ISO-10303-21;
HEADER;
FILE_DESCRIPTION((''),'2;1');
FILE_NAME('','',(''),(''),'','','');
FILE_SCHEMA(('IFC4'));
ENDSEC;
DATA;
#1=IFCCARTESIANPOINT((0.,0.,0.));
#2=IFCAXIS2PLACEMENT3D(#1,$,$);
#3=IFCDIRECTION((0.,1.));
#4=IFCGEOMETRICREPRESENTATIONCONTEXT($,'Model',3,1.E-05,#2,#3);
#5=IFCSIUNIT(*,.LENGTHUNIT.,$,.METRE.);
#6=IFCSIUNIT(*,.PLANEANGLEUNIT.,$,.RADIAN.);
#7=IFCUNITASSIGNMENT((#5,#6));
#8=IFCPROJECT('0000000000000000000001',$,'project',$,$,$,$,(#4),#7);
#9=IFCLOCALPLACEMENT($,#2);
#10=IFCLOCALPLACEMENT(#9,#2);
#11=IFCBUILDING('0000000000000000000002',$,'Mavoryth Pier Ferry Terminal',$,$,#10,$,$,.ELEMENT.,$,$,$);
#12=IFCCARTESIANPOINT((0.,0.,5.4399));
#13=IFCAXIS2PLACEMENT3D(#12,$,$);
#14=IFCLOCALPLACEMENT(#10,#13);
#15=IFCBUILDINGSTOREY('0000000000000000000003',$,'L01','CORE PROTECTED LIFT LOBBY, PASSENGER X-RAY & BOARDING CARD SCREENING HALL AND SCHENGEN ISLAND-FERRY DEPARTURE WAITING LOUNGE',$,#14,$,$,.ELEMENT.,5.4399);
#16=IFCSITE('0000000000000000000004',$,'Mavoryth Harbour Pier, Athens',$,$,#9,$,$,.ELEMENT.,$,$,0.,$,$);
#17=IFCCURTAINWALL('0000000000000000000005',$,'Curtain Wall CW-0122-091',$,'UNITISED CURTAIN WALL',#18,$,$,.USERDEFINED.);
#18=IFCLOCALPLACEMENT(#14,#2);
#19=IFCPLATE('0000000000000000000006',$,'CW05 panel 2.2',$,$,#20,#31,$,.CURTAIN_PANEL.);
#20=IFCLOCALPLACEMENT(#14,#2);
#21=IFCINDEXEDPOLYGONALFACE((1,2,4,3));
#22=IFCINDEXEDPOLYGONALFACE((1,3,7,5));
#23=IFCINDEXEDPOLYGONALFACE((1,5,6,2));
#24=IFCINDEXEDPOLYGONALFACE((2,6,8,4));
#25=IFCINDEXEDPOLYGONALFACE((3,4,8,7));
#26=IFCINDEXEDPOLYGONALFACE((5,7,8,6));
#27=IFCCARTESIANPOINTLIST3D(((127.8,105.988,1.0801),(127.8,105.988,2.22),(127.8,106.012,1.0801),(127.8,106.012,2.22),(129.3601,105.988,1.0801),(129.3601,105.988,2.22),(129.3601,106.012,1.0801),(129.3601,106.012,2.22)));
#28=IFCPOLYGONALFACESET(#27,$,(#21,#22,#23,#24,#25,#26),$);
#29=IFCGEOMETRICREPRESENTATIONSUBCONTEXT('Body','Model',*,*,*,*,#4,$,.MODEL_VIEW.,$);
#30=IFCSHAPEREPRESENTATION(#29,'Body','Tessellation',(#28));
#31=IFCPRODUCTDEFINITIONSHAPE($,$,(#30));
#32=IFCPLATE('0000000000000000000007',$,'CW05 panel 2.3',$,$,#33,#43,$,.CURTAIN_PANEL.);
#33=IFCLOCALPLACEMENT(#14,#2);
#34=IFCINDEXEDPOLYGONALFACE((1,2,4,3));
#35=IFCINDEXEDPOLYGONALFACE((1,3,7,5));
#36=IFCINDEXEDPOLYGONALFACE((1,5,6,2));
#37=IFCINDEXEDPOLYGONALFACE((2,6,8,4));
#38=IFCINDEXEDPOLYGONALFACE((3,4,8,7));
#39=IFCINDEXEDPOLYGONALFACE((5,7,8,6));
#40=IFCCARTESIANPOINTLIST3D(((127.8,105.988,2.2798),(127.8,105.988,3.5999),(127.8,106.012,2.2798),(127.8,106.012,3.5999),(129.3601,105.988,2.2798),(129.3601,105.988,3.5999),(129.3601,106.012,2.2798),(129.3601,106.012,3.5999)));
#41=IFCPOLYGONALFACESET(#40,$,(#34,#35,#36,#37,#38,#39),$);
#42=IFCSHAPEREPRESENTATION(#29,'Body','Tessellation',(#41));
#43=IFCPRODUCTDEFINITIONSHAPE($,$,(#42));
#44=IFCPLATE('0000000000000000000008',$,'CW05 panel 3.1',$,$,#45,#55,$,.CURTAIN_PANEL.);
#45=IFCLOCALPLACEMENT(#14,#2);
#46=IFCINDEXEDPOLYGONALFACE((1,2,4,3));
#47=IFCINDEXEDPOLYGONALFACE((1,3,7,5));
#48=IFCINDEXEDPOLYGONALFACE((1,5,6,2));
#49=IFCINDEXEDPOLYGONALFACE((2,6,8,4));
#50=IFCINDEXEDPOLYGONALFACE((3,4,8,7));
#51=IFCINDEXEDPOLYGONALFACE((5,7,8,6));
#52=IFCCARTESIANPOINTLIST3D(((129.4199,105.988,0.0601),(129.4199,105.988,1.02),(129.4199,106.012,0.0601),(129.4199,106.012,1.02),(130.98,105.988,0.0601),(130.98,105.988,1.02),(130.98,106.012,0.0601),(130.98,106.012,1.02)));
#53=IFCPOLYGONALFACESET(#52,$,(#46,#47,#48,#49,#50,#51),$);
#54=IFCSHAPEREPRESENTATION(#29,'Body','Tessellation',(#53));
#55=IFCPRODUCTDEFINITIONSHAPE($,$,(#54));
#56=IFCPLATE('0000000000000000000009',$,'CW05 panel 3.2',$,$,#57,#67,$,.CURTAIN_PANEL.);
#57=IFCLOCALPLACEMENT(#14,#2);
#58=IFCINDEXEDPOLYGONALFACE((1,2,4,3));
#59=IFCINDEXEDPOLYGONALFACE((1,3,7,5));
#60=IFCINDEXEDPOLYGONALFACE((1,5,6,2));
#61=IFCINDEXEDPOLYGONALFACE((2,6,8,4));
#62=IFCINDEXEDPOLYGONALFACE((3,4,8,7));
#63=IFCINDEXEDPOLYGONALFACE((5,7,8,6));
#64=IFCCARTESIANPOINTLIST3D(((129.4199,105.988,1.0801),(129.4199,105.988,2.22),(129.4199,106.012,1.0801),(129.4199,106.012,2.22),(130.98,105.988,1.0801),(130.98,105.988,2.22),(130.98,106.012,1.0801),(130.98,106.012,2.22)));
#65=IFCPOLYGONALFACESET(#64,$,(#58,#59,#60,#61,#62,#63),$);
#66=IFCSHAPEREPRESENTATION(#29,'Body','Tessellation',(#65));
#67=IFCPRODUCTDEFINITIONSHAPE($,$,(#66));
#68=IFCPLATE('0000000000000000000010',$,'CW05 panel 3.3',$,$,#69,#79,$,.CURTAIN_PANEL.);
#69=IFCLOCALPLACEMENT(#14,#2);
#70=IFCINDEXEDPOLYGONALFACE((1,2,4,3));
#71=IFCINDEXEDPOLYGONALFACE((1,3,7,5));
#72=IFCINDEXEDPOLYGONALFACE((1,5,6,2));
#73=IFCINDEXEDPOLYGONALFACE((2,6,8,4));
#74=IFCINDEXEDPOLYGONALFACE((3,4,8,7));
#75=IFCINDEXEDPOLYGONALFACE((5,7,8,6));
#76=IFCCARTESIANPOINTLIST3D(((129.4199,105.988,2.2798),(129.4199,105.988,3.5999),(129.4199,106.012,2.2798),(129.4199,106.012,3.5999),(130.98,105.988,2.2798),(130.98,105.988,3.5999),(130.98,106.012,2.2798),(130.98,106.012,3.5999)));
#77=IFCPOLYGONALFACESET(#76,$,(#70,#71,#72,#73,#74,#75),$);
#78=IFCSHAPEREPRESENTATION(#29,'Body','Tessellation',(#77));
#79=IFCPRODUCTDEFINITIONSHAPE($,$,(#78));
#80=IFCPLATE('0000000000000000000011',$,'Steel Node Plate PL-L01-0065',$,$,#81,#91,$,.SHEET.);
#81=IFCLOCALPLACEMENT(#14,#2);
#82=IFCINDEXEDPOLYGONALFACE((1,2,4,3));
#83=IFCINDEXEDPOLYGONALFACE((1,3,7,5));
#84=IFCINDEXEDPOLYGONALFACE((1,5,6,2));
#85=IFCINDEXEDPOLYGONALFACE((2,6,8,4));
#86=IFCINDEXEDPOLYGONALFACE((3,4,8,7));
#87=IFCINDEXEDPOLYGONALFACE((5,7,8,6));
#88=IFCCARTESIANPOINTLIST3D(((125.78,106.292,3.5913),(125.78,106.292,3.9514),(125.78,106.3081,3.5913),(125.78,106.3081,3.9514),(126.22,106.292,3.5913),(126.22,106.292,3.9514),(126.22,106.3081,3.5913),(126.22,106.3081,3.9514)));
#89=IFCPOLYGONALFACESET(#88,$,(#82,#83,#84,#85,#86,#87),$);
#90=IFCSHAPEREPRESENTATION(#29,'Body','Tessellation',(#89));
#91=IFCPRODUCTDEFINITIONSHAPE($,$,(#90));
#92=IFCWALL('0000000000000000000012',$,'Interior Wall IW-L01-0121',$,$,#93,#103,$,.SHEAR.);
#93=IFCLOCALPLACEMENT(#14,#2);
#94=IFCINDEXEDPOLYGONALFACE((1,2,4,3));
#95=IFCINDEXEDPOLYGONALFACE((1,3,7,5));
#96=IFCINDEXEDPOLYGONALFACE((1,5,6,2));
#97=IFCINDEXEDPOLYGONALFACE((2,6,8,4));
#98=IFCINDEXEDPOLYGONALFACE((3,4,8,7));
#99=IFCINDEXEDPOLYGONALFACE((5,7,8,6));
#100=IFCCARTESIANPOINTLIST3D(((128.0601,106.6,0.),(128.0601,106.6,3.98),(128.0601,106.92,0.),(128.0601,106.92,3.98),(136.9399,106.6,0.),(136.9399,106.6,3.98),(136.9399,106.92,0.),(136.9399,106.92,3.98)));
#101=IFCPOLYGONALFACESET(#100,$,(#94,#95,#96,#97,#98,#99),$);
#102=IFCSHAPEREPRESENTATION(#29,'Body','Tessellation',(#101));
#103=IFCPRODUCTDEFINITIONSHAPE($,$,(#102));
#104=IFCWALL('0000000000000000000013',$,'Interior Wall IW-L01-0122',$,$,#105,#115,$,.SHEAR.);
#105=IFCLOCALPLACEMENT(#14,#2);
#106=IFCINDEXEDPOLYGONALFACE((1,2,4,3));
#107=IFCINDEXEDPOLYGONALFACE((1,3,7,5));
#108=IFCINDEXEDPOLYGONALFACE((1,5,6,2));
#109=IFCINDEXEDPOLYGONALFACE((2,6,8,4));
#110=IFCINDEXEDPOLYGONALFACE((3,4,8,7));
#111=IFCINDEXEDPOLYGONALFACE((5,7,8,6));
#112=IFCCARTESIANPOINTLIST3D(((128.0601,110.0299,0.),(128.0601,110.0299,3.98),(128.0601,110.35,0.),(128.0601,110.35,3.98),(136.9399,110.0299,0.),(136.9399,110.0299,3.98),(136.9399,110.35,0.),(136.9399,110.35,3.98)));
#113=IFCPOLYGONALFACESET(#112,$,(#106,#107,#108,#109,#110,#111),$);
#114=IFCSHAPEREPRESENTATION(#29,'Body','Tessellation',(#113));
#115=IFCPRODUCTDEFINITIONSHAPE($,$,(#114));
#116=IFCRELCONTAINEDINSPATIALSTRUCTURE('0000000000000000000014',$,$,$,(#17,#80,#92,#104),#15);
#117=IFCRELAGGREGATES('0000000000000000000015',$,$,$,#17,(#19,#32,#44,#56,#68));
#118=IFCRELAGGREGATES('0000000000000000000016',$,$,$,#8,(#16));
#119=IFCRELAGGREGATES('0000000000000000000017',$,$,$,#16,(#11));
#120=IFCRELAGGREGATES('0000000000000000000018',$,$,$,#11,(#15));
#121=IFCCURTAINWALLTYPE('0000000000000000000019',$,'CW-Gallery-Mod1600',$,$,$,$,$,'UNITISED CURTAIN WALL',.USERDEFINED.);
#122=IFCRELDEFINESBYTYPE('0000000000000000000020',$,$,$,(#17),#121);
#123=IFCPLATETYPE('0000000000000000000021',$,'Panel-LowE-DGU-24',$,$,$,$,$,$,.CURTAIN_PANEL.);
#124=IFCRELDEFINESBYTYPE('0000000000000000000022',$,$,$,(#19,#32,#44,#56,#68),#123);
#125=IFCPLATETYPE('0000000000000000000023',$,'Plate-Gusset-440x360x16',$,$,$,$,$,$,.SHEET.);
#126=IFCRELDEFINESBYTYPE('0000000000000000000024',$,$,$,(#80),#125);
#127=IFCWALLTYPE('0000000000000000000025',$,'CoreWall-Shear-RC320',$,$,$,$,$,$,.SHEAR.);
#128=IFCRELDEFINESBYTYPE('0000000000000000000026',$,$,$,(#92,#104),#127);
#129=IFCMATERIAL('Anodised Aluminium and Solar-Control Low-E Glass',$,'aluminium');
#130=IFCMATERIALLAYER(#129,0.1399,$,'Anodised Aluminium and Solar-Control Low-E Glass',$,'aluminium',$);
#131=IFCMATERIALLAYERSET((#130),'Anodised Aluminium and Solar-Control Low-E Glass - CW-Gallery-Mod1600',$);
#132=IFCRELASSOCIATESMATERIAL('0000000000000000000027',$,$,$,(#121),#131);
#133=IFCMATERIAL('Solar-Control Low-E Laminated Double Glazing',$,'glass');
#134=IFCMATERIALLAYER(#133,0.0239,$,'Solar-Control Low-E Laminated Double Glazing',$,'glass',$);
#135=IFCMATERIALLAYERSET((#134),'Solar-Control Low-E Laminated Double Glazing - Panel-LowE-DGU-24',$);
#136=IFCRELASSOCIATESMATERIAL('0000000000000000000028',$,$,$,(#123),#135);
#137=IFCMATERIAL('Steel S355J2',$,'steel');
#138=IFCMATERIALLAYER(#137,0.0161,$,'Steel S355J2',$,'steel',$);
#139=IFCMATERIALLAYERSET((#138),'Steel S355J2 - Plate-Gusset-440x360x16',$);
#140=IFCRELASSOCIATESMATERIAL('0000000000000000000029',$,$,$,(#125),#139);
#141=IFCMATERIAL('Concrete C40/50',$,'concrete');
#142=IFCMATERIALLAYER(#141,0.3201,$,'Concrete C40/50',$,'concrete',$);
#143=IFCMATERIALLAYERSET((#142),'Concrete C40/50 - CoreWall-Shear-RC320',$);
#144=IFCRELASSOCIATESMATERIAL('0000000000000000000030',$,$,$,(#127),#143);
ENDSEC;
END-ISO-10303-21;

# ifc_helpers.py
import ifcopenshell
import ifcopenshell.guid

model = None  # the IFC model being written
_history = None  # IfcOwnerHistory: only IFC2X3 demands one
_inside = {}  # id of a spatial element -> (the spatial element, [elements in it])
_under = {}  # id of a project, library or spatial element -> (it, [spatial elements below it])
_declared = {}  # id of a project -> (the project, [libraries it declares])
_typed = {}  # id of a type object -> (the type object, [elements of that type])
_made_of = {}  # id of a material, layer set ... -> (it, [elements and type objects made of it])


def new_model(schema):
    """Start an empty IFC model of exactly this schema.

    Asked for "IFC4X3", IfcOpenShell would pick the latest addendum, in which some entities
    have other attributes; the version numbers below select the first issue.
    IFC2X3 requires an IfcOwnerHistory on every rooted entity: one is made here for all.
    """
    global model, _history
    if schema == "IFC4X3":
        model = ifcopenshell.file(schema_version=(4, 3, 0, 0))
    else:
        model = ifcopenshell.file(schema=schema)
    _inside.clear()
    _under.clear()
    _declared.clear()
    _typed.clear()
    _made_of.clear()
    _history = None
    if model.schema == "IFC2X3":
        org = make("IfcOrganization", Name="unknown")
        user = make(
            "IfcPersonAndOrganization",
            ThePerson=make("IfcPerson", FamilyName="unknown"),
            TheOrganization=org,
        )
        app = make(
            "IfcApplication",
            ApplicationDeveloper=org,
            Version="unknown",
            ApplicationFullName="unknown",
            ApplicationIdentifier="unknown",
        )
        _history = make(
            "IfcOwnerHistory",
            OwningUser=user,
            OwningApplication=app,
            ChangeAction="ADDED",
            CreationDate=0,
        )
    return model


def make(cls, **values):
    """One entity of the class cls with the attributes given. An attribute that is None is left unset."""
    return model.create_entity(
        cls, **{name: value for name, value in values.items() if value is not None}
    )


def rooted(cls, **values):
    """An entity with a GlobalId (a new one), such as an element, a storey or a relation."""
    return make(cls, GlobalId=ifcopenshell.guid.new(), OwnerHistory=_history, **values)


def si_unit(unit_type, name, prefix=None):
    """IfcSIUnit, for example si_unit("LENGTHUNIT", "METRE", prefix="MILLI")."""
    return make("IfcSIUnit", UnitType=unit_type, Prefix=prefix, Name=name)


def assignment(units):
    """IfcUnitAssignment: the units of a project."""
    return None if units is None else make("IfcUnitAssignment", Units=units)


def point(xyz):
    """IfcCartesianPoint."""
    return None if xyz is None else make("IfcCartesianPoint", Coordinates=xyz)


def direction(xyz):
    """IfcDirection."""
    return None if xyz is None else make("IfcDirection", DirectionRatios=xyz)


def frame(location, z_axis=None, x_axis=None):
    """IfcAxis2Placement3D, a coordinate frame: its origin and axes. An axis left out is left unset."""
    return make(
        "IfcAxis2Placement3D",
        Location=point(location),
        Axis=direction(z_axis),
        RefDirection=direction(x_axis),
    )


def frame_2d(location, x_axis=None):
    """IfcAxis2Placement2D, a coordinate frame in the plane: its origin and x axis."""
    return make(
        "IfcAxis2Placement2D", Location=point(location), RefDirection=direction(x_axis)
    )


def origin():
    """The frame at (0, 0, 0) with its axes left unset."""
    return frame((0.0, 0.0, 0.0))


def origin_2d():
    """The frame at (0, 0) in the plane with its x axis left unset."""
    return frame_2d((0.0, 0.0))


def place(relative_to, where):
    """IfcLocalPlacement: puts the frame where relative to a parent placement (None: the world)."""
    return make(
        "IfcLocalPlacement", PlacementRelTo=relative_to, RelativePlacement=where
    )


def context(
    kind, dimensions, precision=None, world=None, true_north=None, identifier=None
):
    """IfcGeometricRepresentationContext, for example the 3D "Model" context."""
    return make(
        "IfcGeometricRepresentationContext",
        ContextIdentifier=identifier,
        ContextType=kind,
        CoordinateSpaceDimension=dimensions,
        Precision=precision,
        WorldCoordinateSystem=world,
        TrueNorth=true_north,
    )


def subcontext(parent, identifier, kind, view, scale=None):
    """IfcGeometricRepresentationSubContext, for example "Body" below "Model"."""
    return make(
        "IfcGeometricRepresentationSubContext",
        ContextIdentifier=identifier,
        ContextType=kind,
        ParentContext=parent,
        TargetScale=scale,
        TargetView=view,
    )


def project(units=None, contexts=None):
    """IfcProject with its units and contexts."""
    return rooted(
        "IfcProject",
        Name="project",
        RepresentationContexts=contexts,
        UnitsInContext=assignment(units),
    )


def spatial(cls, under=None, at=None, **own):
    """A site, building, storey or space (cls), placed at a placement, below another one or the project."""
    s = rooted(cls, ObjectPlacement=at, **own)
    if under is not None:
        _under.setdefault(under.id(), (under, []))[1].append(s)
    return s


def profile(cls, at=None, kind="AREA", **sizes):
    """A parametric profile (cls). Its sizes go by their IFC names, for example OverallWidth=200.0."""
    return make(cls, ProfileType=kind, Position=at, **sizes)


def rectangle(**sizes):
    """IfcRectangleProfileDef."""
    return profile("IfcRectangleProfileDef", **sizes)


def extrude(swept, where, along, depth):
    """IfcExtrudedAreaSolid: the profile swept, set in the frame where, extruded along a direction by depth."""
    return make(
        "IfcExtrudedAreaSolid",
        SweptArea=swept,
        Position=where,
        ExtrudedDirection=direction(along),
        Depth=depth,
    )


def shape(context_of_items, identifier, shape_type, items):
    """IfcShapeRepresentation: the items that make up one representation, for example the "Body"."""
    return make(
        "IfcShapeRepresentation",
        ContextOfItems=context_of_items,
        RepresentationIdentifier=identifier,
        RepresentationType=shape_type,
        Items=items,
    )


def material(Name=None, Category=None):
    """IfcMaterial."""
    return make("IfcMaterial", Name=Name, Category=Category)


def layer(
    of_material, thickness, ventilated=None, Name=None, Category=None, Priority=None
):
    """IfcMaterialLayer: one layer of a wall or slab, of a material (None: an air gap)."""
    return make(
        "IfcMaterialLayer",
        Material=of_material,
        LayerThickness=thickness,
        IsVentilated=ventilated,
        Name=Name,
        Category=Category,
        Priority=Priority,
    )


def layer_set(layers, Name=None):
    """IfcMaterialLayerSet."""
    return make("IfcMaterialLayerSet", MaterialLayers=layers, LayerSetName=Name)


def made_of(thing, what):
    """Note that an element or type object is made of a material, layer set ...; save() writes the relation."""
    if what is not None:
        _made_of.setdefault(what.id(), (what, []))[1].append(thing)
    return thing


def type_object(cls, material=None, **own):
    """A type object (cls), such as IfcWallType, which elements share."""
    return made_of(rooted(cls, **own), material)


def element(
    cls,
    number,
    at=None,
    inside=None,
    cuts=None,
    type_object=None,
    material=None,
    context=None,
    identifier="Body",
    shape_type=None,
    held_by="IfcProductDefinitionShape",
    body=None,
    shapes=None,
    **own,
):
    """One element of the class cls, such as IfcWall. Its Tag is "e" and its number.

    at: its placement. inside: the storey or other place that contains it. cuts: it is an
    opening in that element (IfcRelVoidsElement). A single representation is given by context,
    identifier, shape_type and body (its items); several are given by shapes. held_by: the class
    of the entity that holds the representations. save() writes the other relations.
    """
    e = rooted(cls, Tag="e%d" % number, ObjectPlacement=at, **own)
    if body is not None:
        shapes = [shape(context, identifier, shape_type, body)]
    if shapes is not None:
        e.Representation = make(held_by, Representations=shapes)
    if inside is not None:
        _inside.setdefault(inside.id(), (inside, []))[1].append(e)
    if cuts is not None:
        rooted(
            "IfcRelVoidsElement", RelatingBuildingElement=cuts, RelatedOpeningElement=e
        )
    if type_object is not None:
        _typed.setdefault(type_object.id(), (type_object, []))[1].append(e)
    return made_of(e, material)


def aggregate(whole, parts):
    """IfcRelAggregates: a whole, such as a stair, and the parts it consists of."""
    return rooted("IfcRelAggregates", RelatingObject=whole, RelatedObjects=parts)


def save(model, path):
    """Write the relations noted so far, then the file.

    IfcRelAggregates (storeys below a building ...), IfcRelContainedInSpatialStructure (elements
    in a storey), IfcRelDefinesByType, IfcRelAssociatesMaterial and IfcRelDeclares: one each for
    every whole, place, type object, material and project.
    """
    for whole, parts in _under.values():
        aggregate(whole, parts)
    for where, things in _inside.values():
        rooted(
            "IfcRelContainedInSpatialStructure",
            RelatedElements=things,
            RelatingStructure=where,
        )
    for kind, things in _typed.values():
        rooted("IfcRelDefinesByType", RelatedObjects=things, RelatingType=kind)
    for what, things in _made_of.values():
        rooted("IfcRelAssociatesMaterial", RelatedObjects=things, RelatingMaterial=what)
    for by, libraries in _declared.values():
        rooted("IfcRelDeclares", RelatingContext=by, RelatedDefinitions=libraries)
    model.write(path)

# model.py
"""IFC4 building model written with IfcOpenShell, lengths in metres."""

from ifc_helpers import new_model, si_unit, direction, frame, frame_2d, origin, origin_2d, place, context, subcontext, project, spatial, rectangle, extrude, material, layer, layer_set, type_object, element, aggregate, save


model = new_model("IFC4")

# Units and contexts
model_context = context("Model", 3, precision=1e-05, world=origin(), true_north=direction((0.0, 1.0)))
body_context = subcontext(model_context, "Body", "Model", "MODEL_VIEW")
ifc_project = project(units=[si_unit("LENGTHUNIT", "METRE"), si_unit("PLANEANGLEUNIT", "RADIAN")], contexts=[model_context])

# Site, building, storey
site_placement = place(None, origin())
site = spatial("IfcSite", under=ifc_project, at=site_placement, Name="Mavoryth Harbour Pier, Athens", CompositionType="ELEMENT", RefElevation=0.0)
building_placement = place(site_placement, origin())
building = spatial("IfcBuilding", under=site, at=building_placement, Name="Mavoryth Pier Ferry Terminal", CompositionType="ELEMENT")
storey_placement = place(building_placement, frame((0.0, 0.0, 5.4399)))
storey = spatial("IfcBuildingStorey", under=building, at=storey_placement, Name="L01", Description="CORE PROTECTED LIFT LOBBY, PASSENGER X-RAY & BOARDING CARD SCREENING HALL AND SCHENGEN ISLAND-FERRY DEPARTURE WAITING LOUNGE", CompositionType="ELEMENT", Elevation=5.4399)

# Shared definitions
ifc_material_1 = material(Name="Steel S355J2", Category="steel")

# Shared definitions
ifc_material_2 = material(Name="Anodised Aluminium and Solar-Control Low-E Glass", Category="aluminium")
ifc_layer_1 = layer(ifc_material_2, 0.1399, Name="Anodised Aluminium and Solar-Control Low-E Glass", Category="aluminium")
ifc_layer_set_1 = layer_set([ifc_layer_1], Name="Anodised Aluminium and Solar-Control Low-E Glass - CW-Gallery-Mod1600")
curtain_wall_type = type_object("IfcCurtainWallType", Name="CW-Gallery-Mod1600", ElementType="UNITISED CURTAIN WALL", PredefinedType="USERDEFINED", material=ifc_layer_set_1)

# Curtain wall
curtain_wall_1_placement = place(storey_placement, origin())
curtain_wall_1 = element("IfcCurtainWall", 1, at=curtain_wall_1_placement, inside=storey, type_object=curtain_wall_type, Name="Curtain Wall CW-0122-091", ObjectType="UNITISED CURTAIN WALL", PredefinedType="USERDEFINED")

# Plates
ifc_material_3 = material(Name="Solar-Control Low-E Laminated Double Glazing", Category="glass")
ifc_layer_2 = layer(ifc_material_3, 0.0239, Name="Solar-Control Low-E Laminated Double Glazing", Category="glass")
ifc_layer_set_2 = layer_set([ifc_layer_2], Name="Solar-Control Low-E Laminated Double Glazing - Panel-LowE-DGU-24")
plate_type_1 = type_object("IfcPlateType", Name="Panel-LowE-DGU-24", PredefinedType="CURTAIN_PANEL", material=ifc_layer_set_2)
plate_1_placement = place(storey_placement, frame((128.5801, 106.0, 1.0801), z_axis=(0.0, 0.0, 1.0), x_axis=(1.0, 0.0, 0.0)))
plate_1 = element("IfcPlate", 2, at=plate_1_placement, type_object=plate_type_1, Name="CW05 panel 2.2", PredefinedType="CURTAIN_PANEL", context=body_context, shape_type="SweptSolid", body=[
    extrude(rectangle(XDim=1.5601, YDim=0.0239, at=origin_2d()), origin(), (0.0, 0.0, 1.0), 1.1399),
])
plate_2_placement = place(storey_placement, frame((128.5801, 106.0, 2.2798), z_axis=(0.0, 0.0, 1.0), x_axis=(1.0, 0.0, 0.0)))
plate_2 = element("IfcPlate", 3, at=plate_2_placement, type_object=plate_type_1, Name="CW05 panel 2.3", PredefinedType="CURTAIN_PANEL", context=body_context, shape_type="SweptSolid", body=[
    extrude(rectangle(XDim=1.5601, YDim=0.0239, at=origin_2d()), origin(), (0.0, 0.0, 1.0), 1.3201),
])
plate_3_placement = place(storey_placement, frame((130.2, 106.0, 0.0601), z_axis=(0.0, 0.0, 1.0), x_axis=(1.0, 0.0, 0.0)))
plate_3 = element("IfcPlate", 4, at=plate_3_placement, type_object=plate_type_1, Name="CW05 panel 3.1", PredefinedType="CURTAIN_PANEL", context=body_context, shape_type="SweptSolid", body=[
    extrude(rectangle(XDim=1.5601, YDim=0.0239, at=origin_2d()), origin(), (0.0, 0.0, 1.0), 0.96),
])
plate_4_placement = place(storey_placement, frame((130.2, 106.0, 1.0801), z_axis=(0.0, 0.0, 1.0), x_axis=(1.0, 0.0, 0.0)))
plate_4 = element("IfcPlate", 5, at=plate_4_placement, type_object=plate_type_1, Name="CW05 panel 3.2", PredefinedType="CURTAIN_PANEL", context=body_context, shape_type="SweptSolid", body=[
    extrude(rectangle(XDim=1.5601, YDim=0.0239, at=origin_2d()), origin(), (0.0, 0.0, 1.0), 1.1399),
])
plate_5_placement = place(storey_placement, frame((130.2, 106.0, 2.2798), z_axis=(0.0, 0.0, 1.0), x_axis=(1.0, 0.0, 0.0)))
plate_5 = element("IfcPlate", 6, at=plate_5_placement, type_object=plate_type_1, Name="CW05 panel 3.3", PredefinedType="CURTAIN_PANEL", context=body_context, shape_type="SweptSolid", body=[
    extrude(rectangle(XDim=1.5601, YDim=0.0239, at=origin_2d()), origin(), (0.0, 0.0, 1.0), 1.3201),
])
aggregate(curtain_wall_1, [plate_1, plate_2, plate_3, plate_4, plate_5])
ifc_layer_3 = layer(ifc_material_1, 0.0161, Name="Steel S355J2", Category="steel")
ifc_layer_set_3 = layer_set([ifc_layer_3], Name="Steel S355J2 - Plate-Gusset-440x360x16")
plate_type_2 = type_object("IfcPlateType", Name="Plate-Gusset-440x360x16", PredefinedType="SHEET", material=ifc_layer_set_3)
plate_6_placement = place(storey_placement, frame((126.0, 106.3, 3.5913), z_axis=(0.0, 0.0, 1.0), x_axis=(1.0, 0.0, 0.0)))
element("IfcPlate", 7, at=plate_6_placement, inside=storey, type_object=plate_type_2, Name="Steel Node Plate PL-L01-0065", PredefinedType="SHEET", context=body_context, shape_type="SweptSolid", body=[
    extrude(rectangle(XDim=0.4399, YDim=0.0161, at=origin_2d()), origin(), (0.0, 0.0, 1.0), 0.3601),
])

# Walls
ifc_material_4 = material(Name="Concrete C40/50", Category="concrete")
ifc_layer_4 = layer(ifc_material_4, 0.3201, Name="Concrete C40/50", Category="concrete")
ifc_layer_set_4 = layer_set([ifc_layer_4], Name="Concrete C40/50 - CoreWall-Shear-RC320")
wall_type = type_object("IfcWallType", Name="CoreWall-Shear-RC320", PredefinedType="SHEAR", material=ifc_layer_set_4)
for number, where, z_axis, x_axis, name in (
    (8, (128.0601, 106.76, 0.0), (0.0, 0.0, 1.0), (1.0, 0.0, 0.0), "Interior Wall IW-L01-0121"),
    (9, (128.0601, 110.1899, 0.0), (0.0, 0.0, 1.0), (1.0, 0.0, 0.0), "Interior Wall IW-L01-0122"),
):
    element("IfcWall", number, at=place(storey_placement, frame(where, z_axis=z_axis, x_axis=x_axis)), inside=storey, type_object=wall_type, Name=name, PredefinedType="SHEAR", context=body_context, shape_type="SweptSolid", body=[
        extrude(rectangle(XDim=8.8799, YDim=0.3201, at=frame_2d((4.4399, 0.0))), origin(), (0.0, 0.0, 1.0), 3.98),
    ])

save(model, "model.ifc")
